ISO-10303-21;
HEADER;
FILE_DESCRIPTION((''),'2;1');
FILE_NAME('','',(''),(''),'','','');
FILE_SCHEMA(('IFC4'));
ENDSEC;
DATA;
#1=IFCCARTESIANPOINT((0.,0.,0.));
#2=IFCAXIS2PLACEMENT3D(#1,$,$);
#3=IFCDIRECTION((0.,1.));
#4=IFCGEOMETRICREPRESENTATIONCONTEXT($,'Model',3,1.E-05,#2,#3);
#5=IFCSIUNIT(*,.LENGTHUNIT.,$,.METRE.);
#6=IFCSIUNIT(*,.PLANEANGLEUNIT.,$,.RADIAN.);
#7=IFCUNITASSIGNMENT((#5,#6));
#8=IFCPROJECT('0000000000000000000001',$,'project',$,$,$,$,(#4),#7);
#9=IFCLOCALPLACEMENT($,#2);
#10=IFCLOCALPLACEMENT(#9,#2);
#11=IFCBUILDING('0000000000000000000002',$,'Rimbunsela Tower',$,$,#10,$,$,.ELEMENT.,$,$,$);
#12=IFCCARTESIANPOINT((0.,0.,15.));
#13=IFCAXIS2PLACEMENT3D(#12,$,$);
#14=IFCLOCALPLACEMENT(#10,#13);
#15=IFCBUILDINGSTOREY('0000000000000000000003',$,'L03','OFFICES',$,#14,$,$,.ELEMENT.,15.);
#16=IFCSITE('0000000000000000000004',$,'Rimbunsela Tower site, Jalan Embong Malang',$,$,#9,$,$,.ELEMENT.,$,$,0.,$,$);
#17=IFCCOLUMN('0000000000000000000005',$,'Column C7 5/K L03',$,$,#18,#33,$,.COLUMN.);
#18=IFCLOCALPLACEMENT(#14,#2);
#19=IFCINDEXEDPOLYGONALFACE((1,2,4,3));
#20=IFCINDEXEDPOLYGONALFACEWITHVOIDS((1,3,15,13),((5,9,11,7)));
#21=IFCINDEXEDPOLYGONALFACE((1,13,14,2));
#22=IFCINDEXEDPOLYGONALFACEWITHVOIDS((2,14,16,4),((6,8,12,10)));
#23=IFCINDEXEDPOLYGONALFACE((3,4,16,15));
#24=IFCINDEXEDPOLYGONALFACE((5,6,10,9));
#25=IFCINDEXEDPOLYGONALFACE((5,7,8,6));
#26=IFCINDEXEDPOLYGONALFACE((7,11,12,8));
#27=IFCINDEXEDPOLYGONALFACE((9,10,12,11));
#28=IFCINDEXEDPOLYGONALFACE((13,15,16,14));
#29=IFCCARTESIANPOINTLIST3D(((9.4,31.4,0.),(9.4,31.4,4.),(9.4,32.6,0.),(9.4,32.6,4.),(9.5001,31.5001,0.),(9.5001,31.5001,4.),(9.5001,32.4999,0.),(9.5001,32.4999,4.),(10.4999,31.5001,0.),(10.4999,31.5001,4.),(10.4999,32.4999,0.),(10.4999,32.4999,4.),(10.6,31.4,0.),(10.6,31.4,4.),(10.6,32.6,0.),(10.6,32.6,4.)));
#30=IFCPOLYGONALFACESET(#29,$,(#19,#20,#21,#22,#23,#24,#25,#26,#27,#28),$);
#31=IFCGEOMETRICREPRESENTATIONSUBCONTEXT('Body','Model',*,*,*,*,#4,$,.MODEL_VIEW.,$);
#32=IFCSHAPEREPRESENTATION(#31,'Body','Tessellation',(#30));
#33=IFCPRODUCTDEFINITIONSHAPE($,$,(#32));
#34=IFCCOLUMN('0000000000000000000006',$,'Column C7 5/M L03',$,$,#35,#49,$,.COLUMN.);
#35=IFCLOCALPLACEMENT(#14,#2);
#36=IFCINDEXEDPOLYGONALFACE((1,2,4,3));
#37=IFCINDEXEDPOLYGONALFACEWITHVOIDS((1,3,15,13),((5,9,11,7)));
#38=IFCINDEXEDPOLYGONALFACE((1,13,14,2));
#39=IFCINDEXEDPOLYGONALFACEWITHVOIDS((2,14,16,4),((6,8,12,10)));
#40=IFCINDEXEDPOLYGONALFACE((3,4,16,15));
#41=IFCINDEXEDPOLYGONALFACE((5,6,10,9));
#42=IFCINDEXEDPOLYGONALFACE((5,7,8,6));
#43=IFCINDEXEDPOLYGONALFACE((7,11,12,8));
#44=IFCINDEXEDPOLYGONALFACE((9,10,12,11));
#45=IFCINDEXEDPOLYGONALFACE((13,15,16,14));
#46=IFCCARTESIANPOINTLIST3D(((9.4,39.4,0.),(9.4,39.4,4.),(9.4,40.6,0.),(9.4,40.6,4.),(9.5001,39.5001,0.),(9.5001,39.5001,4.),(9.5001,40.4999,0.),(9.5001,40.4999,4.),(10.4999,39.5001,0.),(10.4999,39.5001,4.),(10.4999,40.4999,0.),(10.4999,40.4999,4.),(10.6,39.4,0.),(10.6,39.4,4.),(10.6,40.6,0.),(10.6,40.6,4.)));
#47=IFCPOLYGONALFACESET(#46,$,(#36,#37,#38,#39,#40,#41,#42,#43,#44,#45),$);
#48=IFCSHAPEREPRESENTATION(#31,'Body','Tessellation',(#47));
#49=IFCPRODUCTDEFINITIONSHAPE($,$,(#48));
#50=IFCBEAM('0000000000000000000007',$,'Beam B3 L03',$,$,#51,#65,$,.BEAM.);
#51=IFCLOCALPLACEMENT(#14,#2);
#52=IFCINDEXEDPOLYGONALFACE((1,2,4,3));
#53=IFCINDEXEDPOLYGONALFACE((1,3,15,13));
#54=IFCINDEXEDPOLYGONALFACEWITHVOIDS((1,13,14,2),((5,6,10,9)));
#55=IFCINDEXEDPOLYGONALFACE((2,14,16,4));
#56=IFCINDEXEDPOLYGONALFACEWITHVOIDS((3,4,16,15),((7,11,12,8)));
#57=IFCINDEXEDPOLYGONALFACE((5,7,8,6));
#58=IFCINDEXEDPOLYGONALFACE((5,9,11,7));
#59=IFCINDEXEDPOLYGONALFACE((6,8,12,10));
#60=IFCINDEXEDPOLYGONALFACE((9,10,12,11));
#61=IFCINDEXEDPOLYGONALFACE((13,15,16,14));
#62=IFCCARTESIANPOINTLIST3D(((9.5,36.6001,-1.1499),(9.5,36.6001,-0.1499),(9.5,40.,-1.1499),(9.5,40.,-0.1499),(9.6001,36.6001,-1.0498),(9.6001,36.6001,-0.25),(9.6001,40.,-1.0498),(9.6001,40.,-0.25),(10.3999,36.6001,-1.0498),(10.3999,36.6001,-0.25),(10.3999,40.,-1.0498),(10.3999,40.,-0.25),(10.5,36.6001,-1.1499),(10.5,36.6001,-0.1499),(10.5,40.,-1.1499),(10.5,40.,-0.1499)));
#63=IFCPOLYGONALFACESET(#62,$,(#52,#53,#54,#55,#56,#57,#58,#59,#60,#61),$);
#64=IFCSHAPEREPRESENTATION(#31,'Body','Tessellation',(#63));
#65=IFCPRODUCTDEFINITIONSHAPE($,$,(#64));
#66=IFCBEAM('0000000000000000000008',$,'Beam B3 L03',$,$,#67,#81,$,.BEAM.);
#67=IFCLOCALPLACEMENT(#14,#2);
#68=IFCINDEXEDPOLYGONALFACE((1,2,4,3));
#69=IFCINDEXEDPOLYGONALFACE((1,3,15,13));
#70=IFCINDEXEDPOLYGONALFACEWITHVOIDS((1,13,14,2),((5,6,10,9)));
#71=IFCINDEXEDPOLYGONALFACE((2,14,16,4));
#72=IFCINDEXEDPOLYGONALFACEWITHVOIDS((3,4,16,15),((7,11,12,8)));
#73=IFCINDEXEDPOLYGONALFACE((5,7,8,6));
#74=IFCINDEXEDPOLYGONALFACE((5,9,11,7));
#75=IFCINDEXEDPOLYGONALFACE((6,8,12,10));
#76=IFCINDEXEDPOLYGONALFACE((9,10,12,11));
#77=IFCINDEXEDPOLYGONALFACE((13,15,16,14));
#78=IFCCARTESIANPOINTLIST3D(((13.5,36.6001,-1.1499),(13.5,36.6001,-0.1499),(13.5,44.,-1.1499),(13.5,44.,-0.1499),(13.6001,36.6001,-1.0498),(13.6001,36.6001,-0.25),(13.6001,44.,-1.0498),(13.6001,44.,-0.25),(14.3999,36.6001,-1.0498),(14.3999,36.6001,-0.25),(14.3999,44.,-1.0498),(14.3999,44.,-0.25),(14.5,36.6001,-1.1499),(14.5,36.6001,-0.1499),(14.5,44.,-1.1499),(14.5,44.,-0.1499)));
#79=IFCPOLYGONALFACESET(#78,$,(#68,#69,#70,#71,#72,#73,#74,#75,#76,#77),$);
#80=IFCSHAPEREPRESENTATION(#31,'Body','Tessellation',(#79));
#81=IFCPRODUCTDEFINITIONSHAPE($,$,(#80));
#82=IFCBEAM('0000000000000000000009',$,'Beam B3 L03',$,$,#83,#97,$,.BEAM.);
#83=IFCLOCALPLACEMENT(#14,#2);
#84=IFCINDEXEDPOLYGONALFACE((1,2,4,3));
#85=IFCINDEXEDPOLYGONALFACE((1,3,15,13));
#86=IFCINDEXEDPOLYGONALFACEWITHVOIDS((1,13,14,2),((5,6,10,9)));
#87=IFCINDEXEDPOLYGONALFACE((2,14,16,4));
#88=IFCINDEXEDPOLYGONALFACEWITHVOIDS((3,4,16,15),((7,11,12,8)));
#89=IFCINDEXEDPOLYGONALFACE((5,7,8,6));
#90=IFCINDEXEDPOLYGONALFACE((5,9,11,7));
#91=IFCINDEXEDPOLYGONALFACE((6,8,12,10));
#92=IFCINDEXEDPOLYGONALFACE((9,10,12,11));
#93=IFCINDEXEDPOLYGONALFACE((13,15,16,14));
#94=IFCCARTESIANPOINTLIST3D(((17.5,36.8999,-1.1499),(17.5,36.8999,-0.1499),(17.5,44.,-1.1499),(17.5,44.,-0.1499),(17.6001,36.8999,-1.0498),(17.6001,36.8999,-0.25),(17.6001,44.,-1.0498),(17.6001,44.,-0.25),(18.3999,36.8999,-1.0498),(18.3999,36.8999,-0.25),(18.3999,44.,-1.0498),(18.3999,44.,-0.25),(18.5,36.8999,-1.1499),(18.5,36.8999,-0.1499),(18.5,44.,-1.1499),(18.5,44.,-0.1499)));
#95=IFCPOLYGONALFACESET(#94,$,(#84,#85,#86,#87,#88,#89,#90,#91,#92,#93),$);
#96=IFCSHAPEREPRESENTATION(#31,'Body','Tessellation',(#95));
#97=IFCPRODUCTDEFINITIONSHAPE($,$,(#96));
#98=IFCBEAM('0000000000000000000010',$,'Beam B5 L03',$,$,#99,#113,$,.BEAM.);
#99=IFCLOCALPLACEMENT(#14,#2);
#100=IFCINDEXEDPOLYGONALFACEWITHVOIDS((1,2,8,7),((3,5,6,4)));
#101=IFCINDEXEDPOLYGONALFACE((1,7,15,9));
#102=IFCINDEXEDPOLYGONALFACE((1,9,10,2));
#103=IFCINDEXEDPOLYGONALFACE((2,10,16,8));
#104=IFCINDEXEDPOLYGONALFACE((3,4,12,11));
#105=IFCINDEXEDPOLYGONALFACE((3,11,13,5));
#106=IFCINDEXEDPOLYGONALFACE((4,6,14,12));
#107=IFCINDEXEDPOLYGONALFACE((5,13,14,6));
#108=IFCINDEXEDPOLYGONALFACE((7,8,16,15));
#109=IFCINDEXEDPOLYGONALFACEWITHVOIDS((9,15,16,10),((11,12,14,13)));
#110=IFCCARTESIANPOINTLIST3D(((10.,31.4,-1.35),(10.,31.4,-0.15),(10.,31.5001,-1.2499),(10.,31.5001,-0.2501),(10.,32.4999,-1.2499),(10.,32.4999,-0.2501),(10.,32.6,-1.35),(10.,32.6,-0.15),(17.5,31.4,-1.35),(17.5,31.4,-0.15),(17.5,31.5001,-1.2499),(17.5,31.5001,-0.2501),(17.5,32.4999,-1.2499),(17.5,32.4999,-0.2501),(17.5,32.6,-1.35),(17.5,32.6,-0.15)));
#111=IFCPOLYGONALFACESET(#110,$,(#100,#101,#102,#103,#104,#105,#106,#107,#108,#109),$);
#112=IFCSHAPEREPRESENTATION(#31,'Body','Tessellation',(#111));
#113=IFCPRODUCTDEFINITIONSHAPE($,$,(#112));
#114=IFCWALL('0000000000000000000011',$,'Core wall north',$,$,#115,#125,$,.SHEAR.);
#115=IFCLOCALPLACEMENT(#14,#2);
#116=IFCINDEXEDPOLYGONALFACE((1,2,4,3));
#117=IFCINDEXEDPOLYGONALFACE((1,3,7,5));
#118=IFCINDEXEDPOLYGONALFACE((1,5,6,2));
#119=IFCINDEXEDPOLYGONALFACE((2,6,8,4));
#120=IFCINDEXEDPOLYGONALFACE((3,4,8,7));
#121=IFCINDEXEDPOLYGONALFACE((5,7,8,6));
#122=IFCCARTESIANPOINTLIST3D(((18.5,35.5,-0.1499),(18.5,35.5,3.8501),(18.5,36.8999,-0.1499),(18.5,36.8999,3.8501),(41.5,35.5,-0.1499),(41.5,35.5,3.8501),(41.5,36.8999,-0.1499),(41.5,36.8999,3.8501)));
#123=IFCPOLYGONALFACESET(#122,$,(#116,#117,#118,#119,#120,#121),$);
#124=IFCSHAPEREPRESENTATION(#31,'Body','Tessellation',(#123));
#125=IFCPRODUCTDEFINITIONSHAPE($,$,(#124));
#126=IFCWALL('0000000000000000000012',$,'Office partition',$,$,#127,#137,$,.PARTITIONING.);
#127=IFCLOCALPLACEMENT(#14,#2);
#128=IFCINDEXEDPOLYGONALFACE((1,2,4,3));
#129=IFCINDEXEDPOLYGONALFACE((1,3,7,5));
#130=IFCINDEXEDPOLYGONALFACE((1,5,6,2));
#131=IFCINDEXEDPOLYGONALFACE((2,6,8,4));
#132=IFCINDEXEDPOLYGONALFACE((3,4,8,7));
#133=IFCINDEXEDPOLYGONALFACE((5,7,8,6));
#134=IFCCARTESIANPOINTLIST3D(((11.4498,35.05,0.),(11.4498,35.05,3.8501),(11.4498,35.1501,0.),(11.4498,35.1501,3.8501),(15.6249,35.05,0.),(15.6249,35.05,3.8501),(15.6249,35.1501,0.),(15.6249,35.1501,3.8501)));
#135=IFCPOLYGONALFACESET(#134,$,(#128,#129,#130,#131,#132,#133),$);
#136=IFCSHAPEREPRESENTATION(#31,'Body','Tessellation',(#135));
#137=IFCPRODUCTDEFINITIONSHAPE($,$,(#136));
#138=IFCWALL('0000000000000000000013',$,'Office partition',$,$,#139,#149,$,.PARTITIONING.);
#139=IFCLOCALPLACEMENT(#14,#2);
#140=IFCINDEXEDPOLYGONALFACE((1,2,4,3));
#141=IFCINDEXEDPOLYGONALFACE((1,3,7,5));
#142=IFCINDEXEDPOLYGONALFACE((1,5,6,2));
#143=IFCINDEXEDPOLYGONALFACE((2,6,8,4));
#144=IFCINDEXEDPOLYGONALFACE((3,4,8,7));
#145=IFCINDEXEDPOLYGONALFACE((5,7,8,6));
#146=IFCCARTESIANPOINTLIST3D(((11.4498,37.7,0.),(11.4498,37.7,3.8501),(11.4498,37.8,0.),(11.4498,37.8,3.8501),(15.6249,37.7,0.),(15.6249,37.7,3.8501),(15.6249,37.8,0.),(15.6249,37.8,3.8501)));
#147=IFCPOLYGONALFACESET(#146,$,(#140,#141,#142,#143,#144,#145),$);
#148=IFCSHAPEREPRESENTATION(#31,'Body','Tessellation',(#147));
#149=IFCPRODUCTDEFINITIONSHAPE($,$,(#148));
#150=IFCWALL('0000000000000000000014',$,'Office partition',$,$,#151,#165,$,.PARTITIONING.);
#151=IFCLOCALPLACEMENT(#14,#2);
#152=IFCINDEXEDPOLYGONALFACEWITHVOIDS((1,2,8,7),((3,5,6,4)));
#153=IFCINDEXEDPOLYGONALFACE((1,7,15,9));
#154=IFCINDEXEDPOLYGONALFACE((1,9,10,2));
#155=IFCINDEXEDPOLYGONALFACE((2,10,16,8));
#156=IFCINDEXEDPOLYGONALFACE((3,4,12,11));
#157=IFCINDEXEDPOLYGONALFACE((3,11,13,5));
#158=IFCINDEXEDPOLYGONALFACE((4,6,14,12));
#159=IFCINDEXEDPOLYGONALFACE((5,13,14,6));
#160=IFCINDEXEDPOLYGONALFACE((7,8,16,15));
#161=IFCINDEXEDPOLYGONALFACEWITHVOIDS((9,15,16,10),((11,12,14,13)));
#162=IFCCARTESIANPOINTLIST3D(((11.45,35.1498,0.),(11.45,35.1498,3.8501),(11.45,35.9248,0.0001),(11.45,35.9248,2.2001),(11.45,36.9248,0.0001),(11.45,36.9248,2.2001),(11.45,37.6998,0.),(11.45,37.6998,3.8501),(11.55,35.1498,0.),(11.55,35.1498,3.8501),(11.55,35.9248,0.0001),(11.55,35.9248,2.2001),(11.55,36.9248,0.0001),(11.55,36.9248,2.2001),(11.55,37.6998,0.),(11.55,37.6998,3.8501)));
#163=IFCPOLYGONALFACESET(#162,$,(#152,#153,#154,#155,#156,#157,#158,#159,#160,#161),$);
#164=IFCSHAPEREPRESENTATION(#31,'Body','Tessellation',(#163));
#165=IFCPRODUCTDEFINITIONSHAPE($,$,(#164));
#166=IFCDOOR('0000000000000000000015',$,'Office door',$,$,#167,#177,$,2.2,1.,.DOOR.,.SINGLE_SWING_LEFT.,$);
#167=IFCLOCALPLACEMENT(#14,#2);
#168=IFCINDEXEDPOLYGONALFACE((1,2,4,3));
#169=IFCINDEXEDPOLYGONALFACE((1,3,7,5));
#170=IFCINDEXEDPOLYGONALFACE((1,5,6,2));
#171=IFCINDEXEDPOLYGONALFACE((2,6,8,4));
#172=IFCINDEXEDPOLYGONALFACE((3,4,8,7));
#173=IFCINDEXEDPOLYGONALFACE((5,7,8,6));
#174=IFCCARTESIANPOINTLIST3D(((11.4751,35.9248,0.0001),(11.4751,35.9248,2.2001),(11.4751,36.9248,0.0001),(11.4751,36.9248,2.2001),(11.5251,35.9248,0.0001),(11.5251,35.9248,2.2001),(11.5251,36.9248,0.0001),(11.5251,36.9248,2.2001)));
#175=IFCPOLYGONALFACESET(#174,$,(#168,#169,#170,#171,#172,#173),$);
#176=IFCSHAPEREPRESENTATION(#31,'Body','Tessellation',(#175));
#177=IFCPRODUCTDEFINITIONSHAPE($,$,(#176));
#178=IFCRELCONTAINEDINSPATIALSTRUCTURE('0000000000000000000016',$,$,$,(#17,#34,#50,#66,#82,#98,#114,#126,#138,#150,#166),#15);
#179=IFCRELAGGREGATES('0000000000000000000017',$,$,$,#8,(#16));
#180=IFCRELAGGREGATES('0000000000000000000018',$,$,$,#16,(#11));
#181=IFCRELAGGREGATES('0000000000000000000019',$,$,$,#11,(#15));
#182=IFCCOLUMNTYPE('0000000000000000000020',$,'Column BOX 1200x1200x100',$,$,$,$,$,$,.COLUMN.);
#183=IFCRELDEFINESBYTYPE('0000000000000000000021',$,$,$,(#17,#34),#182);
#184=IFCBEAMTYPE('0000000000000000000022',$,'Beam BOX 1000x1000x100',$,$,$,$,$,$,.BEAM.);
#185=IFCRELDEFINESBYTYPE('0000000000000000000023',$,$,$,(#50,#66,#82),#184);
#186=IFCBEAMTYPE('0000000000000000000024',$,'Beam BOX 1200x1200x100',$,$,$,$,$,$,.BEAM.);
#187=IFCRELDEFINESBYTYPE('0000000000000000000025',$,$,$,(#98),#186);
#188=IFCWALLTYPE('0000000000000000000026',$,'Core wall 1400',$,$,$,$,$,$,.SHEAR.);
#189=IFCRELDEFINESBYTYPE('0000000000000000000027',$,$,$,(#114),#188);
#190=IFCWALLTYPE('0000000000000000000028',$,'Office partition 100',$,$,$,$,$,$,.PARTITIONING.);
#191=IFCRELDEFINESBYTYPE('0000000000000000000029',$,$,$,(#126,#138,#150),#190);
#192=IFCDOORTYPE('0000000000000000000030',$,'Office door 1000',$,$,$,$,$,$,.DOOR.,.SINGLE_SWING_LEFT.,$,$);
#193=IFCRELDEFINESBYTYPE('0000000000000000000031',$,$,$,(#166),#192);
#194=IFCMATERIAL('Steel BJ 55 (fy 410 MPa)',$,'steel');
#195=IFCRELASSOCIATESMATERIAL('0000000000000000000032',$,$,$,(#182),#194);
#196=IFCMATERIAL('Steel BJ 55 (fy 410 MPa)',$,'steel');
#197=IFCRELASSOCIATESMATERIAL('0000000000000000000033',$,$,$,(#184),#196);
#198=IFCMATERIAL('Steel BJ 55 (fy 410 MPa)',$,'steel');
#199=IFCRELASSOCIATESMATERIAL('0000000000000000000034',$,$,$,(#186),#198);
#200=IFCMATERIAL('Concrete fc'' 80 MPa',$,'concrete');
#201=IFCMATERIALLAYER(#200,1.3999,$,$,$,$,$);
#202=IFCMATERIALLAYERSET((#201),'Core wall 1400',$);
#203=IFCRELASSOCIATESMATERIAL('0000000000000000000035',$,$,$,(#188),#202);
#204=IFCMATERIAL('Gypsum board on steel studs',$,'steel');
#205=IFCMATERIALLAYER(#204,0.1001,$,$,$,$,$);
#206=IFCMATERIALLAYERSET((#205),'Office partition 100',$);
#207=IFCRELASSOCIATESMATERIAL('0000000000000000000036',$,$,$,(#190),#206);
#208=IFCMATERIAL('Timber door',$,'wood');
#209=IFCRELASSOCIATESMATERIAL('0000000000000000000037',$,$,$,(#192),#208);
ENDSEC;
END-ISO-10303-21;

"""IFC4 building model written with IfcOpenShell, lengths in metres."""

from ifc_helpers import new_model, si_unit, direction, frame, frame_2d, origin, origin_2d, place, context, subcontext, project, spatial, rectangle, hollow_rectangle, extrude, material, layer, layer_set, material_profile, profile_set, type_object, element, fill, save


model = new_model("IFC4")

# Units and contexts
model_context = context("Model", 3, precision=1e-05, world=origin(), true_north=direction((0.0, 1.0)))
body_context = subcontext(model_context, "Body", "Model", "MODEL_VIEW")
ifc_project = project(units=[si_unit("LENGTHUNIT", "METRE"), si_unit("PLANEANGLEUNIT", "RADIAN")], contexts=[model_context])

# Site, building, storey
site_placement = place(None, origin())
site = spatial("IfcSite", under=ifc_project, at=site_placement, Name="Rimbunsela Tower site, Jalan Embong Malang", CompositionType="ELEMENT", RefElevation=0.0)
building_placement = place(site_placement, origin())
building = spatial("IfcBuilding", under=site, at=building_placement, Name="Rimbunsela Tower", CompositionType="ELEMENT")
storey_placement = place(building_placement, frame((0.0, 0.0, 15.0)))
storey = spatial("IfcBuildingStorey", under=building, at=storey_placement, Name="L03", Description="OFFICES", CompositionType="ELEMENT", Elevation=15.0)

# Columns
ifc_material_1 = material(Name="Steel BJ 55 (fy 410 MPa)", Category="steel")
ifc_material_profile_1 = material_profile(ifc_material_1, hollow_rectangle(XDim=1.2, YDim=1.2, WallThickness=0.1001, at=origin_2d()), Name="BOX 1200x1200x100")
ifc_profile_set_1 = profile_set([ifc_material_profile_1], Name="Steel BJ 55 (fy 410 MPa)")
column_type = type_object("IfcColumnType", Name="Column BOX 1200x1200x100", PredefinedType="COLUMN", material=ifc_profile_set_1)
for number, where, z_axis, x_axis, name in (
    (1, (10.0, 32.0, 0.0), (0.0, 0.0, 1.0), (1.0, 0.0, 0.0), "Column C7 5/K L03"),
    (2, (10.0, 40.0, 0.0), (0.0, 0.0, 1.0), (1.0, 0.0, 0.0), "Column C7 5/M L03"),
):
    element("IfcColumn", number, at=place(storey_placement, frame(where, z_axis=z_axis, x_axis=x_axis)), inside=storey, type_object=column_type, Name=name, PredefinedType="COLUMN", context=body_context, shape_type="SweptSolid", body=[
        extrude(hollow_rectangle(XDim=1.2, YDim=1.2, WallThickness=0.1001, at=origin_2d()), origin(), (0.0, 0.0, 1.0), 4.0),
    ])

# Beams
ifc_material_2 = material(Name="Steel BJ 55 (fy 410 MPa)", Category="steel")
ifc_material_profile_2 = material_profile(ifc_material_2, hollow_rectangle(XDim=1.0, YDim=1.0, WallThickness=0.1001, at=origin_2d()), Name="BOX 1000x1000x100")
ifc_profile_set_2 = profile_set([ifc_material_profile_2], Name="Steel BJ 55 (fy 410 MPa)")
beam_type_1 = type_object("IfcBeamType", Name="Beam BOX 1000x1000x100", PredefinedType="BEAM", material=ifc_profile_set_2)
beam_1_placement = place(storey_placement, frame((10.0, 36.6001, -0.6499), z_axis=(0.0, 1.0, 0.0), x_axis=(-1.0, 0.0, 0.0)))
element("IfcBeam", 3, at=beam_1_placement, inside=storey, type_object=beam_type_1, Name="Beam B3 L03", PredefinedType="BEAM", context=body_context, shape_type="SweptSolid", body=[
    extrude(hollow_rectangle(XDim=1.0, YDim=1.0, WallThickness=0.1001, at=origin_2d()), origin(), (0.0, 0.0, 1.0), 3.3999),
])
beam_2_placement = place(storey_placement, frame((14.0, 36.6001, -0.6499), z_axis=(0.0, 1.0, 0.0), x_axis=(-1.0, 0.0, 0.0)))
element("IfcBeam", 4, at=beam_2_placement, inside=storey, type_object=beam_type_1, Name="Beam B3 L03", PredefinedType="BEAM", context=body_context, shape_type="SweptSolid", body=[
    extrude(hollow_rectangle(XDim=1.0, YDim=1.0, WallThickness=0.1001, at=origin_2d()), origin(), (0.0, 0.0, 1.0), 7.3999),
])
beam_3_placement = place(storey_placement, frame((18.0, 36.8999, -0.6499), z_axis=(0.0, 1.0, 0.0), x_axis=(-1.0, 0.0, 0.0)))
element("IfcBeam", 5, at=beam_3_placement, inside=storey, type_object=beam_type_1, Name="Beam B3 L03", PredefinedType="BEAM", context=body_context, shape_type="SweptSolid", body=[
    extrude(hollow_rectangle(XDim=1.0, YDim=1.0, WallThickness=0.1001, at=origin_2d()), origin(), (0.0, 0.0, 1.0), 7.1001),
])
ifc_material_3 = material(Name="Steel BJ 55 (fy 410 MPa)", Category="steel")
ifc_material_profile_3 = material_profile(ifc_material_3, hollow_rectangle(XDim=1.2, YDim=1.2, WallThickness=0.1001, at=origin_2d()), Name="BOX 1200x1200x100")
ifc_profile_set_3 = profile_set([ifc_material_profile_3], Name="Steel BJ 55 (fy 410 MPa)")
beam_type_2 = type_object("IfcBeamType", Name="Beam BOX 1200x1200x100", PredefinedType="BEAM", material=ifc_profile_set_3)
beam_4_placement = place(storey_placement, frame((10.0, 32.0, -0.75), z_axis=(1.0, 0.0, 0.0), x_axis=(0.0, 1.0, 0.0)))
element("IfcBeam", 6, at=beam_4_placement, inside=storey, type_object=beam_type_2, Name="Beam B5 L03", PredefinedType="BEAM", context=body_context, shape_type="SweptSolid", body=[
    extrude(hollow_rectangle(XDim=1.2, YDim=1.2, WallThickness=0.1001, at=origin_2d()), origin(), (0.0, 0.0, 1.0), 7.5),
])

# Walls
ifc_material_4 = material(Name="Concrete fc' 80 MPa", Category="concrete")
ifc_layer_1 = layer(ifc_material_4, 1.3999)
ifc_layer_set_1 = layer_set([ifc_layer_1], Name="Core wall 1400")
wall_type_1 = type_object("IfcWallType", Name="Core wall 1400", PredefinedType="SHEAR", material=ifc_layer_set_1)
wall_1_placement = place(storey_placement, frame((18.5, 36.2, -0.1499), z_axis=(0.0, 0.0, 1.0), x_axis=(1.0, 0.0, 0.0)))
element("IfcWall", 7, at=wall_1_placement, inside=storey, type_object=wall_type_1, Name="Core wall north", PredefinedType="SHEAR", context=body_context, shape_type="SweptSolid", body=[
    extrude(rectangle(XDim=23.0, YDim=1.3999, at=frame_2d((11.5, 0.0))), origin(), (0.0, 0.0, 1.0), 4.0),
])
ifc_material_5 = material(Name="Gypsum board on steel studs", Category="steel")
ifc_layer_2 = layer(ifc_material_5, 0.1001)
ifc_layer_set_2 = layer_set([ifc_layer_2], Name="Office partition 100")
wall_type_2 = type_object("IfcWallType", Name="Office partition 100", PredefinedType="PARTITIONING", material=ifc_layer_set_2)
for number, where, z_axis, x_axis, name in (
    (8, (11.45, 35.1001, 0.0), (0.0, 0.0, 1.0), (1.0, 0.0, 0.0), "Office partition"),
    (9, (11.45, 37.75, 0.0), (0.0, 0.0, 1.0), (1.0, 0.0, 0.0), "Office partition"),
):
    element("IfcWall", number, at=place(storey_placement, frame(where, z_axis=z_axis, x_axis=x_axis)), inside=storey, type_object=wall_type_2, Name=name, PredefinedType="PARTITIONING", context=body_context, shape_type="SweptSolid", body=[
        extrude(rectangle(XDim=4.175, YDim=0.1001, at=frame_2d((2.0874, 0.0))), origin(), (0.0, 0.0, 1.0), 3.8501),
    ])

# Wall, opening, door
wall_2_placement = place(storey_placement, frame((11.5, 35.1499, 0.0), z_axis=(0.0, 0.0, 1.0), x_axis=(0.0, 1.0, 0.0)))
wall_2 = element("IfcWall", 10, at=wall_2_placement, inside=storey, type_object=wall_type_2, Name="Office partition", PredefinedType="PARTITIONING", context=body_context, shape_type="SweptSolid", body=[
    extrude(rectangle(XDim=2.55, YDim=0.1001, at=frame_2d((1.2749, 0.0))), origin(), (0.0, 0.0, 1.0), 3.8501),
])
opening_1_placement = place(wall_2_placement, frame((0.7749, 0.0, 0.0)))
opening_1 = element("IfcOpeningElement", 11, at=opening_1_placement, cuts=wall_2, PredefinedType="OPENING", context=body_context, shape_type="SweptSolid", body=[
    extrude(rectangle(XDim=1.0, YDim=2.2, at=frame_2d((0.5, 1.1001))), frame((0.0, 0.0601, 0.0), z_axis=(0.0, -1.0, 0.0), x_axis=(1.0, 0.0, 0.0)), (0.0, 0.0, 1.0), 0.1201),
])
ifc_material_6 = material(Name="Timber door", Category="wood")
door_type_1 = type_object("IfcDoorType", Name="Office door 1000", OperationType="SINGLE_SWING_LEFT", PredefinedType="DOOR", material=ifc_material_6)
door_1_placement = place(opening_1_placement, origin())
door_1 = element("IfcDoor", 12, at=door_1_placement, inside=storey, type_object=door_type_1, Name="Office door", OperationType="SINGLE_SWING_LEFT", OverallHeight=2.2, OverallWidth=1.0, PredefinedType="DOOR", context=body_context, shape_type="SweptSolid", body=[
    extrude(rectangle(XDim=1.0, YDim=2.2, at=frame_2d((0.5, 1.1001))), frame((0.0, 0.0249, 0.0), z_axis=(0.0, -1.0, 0.0), x_axis=(1.0, 0.0, 0.0)), (0.0, 0.0, 1.0), 0.05),
])
fill(opening_1, door_1)

save(model, "model.ifc")
